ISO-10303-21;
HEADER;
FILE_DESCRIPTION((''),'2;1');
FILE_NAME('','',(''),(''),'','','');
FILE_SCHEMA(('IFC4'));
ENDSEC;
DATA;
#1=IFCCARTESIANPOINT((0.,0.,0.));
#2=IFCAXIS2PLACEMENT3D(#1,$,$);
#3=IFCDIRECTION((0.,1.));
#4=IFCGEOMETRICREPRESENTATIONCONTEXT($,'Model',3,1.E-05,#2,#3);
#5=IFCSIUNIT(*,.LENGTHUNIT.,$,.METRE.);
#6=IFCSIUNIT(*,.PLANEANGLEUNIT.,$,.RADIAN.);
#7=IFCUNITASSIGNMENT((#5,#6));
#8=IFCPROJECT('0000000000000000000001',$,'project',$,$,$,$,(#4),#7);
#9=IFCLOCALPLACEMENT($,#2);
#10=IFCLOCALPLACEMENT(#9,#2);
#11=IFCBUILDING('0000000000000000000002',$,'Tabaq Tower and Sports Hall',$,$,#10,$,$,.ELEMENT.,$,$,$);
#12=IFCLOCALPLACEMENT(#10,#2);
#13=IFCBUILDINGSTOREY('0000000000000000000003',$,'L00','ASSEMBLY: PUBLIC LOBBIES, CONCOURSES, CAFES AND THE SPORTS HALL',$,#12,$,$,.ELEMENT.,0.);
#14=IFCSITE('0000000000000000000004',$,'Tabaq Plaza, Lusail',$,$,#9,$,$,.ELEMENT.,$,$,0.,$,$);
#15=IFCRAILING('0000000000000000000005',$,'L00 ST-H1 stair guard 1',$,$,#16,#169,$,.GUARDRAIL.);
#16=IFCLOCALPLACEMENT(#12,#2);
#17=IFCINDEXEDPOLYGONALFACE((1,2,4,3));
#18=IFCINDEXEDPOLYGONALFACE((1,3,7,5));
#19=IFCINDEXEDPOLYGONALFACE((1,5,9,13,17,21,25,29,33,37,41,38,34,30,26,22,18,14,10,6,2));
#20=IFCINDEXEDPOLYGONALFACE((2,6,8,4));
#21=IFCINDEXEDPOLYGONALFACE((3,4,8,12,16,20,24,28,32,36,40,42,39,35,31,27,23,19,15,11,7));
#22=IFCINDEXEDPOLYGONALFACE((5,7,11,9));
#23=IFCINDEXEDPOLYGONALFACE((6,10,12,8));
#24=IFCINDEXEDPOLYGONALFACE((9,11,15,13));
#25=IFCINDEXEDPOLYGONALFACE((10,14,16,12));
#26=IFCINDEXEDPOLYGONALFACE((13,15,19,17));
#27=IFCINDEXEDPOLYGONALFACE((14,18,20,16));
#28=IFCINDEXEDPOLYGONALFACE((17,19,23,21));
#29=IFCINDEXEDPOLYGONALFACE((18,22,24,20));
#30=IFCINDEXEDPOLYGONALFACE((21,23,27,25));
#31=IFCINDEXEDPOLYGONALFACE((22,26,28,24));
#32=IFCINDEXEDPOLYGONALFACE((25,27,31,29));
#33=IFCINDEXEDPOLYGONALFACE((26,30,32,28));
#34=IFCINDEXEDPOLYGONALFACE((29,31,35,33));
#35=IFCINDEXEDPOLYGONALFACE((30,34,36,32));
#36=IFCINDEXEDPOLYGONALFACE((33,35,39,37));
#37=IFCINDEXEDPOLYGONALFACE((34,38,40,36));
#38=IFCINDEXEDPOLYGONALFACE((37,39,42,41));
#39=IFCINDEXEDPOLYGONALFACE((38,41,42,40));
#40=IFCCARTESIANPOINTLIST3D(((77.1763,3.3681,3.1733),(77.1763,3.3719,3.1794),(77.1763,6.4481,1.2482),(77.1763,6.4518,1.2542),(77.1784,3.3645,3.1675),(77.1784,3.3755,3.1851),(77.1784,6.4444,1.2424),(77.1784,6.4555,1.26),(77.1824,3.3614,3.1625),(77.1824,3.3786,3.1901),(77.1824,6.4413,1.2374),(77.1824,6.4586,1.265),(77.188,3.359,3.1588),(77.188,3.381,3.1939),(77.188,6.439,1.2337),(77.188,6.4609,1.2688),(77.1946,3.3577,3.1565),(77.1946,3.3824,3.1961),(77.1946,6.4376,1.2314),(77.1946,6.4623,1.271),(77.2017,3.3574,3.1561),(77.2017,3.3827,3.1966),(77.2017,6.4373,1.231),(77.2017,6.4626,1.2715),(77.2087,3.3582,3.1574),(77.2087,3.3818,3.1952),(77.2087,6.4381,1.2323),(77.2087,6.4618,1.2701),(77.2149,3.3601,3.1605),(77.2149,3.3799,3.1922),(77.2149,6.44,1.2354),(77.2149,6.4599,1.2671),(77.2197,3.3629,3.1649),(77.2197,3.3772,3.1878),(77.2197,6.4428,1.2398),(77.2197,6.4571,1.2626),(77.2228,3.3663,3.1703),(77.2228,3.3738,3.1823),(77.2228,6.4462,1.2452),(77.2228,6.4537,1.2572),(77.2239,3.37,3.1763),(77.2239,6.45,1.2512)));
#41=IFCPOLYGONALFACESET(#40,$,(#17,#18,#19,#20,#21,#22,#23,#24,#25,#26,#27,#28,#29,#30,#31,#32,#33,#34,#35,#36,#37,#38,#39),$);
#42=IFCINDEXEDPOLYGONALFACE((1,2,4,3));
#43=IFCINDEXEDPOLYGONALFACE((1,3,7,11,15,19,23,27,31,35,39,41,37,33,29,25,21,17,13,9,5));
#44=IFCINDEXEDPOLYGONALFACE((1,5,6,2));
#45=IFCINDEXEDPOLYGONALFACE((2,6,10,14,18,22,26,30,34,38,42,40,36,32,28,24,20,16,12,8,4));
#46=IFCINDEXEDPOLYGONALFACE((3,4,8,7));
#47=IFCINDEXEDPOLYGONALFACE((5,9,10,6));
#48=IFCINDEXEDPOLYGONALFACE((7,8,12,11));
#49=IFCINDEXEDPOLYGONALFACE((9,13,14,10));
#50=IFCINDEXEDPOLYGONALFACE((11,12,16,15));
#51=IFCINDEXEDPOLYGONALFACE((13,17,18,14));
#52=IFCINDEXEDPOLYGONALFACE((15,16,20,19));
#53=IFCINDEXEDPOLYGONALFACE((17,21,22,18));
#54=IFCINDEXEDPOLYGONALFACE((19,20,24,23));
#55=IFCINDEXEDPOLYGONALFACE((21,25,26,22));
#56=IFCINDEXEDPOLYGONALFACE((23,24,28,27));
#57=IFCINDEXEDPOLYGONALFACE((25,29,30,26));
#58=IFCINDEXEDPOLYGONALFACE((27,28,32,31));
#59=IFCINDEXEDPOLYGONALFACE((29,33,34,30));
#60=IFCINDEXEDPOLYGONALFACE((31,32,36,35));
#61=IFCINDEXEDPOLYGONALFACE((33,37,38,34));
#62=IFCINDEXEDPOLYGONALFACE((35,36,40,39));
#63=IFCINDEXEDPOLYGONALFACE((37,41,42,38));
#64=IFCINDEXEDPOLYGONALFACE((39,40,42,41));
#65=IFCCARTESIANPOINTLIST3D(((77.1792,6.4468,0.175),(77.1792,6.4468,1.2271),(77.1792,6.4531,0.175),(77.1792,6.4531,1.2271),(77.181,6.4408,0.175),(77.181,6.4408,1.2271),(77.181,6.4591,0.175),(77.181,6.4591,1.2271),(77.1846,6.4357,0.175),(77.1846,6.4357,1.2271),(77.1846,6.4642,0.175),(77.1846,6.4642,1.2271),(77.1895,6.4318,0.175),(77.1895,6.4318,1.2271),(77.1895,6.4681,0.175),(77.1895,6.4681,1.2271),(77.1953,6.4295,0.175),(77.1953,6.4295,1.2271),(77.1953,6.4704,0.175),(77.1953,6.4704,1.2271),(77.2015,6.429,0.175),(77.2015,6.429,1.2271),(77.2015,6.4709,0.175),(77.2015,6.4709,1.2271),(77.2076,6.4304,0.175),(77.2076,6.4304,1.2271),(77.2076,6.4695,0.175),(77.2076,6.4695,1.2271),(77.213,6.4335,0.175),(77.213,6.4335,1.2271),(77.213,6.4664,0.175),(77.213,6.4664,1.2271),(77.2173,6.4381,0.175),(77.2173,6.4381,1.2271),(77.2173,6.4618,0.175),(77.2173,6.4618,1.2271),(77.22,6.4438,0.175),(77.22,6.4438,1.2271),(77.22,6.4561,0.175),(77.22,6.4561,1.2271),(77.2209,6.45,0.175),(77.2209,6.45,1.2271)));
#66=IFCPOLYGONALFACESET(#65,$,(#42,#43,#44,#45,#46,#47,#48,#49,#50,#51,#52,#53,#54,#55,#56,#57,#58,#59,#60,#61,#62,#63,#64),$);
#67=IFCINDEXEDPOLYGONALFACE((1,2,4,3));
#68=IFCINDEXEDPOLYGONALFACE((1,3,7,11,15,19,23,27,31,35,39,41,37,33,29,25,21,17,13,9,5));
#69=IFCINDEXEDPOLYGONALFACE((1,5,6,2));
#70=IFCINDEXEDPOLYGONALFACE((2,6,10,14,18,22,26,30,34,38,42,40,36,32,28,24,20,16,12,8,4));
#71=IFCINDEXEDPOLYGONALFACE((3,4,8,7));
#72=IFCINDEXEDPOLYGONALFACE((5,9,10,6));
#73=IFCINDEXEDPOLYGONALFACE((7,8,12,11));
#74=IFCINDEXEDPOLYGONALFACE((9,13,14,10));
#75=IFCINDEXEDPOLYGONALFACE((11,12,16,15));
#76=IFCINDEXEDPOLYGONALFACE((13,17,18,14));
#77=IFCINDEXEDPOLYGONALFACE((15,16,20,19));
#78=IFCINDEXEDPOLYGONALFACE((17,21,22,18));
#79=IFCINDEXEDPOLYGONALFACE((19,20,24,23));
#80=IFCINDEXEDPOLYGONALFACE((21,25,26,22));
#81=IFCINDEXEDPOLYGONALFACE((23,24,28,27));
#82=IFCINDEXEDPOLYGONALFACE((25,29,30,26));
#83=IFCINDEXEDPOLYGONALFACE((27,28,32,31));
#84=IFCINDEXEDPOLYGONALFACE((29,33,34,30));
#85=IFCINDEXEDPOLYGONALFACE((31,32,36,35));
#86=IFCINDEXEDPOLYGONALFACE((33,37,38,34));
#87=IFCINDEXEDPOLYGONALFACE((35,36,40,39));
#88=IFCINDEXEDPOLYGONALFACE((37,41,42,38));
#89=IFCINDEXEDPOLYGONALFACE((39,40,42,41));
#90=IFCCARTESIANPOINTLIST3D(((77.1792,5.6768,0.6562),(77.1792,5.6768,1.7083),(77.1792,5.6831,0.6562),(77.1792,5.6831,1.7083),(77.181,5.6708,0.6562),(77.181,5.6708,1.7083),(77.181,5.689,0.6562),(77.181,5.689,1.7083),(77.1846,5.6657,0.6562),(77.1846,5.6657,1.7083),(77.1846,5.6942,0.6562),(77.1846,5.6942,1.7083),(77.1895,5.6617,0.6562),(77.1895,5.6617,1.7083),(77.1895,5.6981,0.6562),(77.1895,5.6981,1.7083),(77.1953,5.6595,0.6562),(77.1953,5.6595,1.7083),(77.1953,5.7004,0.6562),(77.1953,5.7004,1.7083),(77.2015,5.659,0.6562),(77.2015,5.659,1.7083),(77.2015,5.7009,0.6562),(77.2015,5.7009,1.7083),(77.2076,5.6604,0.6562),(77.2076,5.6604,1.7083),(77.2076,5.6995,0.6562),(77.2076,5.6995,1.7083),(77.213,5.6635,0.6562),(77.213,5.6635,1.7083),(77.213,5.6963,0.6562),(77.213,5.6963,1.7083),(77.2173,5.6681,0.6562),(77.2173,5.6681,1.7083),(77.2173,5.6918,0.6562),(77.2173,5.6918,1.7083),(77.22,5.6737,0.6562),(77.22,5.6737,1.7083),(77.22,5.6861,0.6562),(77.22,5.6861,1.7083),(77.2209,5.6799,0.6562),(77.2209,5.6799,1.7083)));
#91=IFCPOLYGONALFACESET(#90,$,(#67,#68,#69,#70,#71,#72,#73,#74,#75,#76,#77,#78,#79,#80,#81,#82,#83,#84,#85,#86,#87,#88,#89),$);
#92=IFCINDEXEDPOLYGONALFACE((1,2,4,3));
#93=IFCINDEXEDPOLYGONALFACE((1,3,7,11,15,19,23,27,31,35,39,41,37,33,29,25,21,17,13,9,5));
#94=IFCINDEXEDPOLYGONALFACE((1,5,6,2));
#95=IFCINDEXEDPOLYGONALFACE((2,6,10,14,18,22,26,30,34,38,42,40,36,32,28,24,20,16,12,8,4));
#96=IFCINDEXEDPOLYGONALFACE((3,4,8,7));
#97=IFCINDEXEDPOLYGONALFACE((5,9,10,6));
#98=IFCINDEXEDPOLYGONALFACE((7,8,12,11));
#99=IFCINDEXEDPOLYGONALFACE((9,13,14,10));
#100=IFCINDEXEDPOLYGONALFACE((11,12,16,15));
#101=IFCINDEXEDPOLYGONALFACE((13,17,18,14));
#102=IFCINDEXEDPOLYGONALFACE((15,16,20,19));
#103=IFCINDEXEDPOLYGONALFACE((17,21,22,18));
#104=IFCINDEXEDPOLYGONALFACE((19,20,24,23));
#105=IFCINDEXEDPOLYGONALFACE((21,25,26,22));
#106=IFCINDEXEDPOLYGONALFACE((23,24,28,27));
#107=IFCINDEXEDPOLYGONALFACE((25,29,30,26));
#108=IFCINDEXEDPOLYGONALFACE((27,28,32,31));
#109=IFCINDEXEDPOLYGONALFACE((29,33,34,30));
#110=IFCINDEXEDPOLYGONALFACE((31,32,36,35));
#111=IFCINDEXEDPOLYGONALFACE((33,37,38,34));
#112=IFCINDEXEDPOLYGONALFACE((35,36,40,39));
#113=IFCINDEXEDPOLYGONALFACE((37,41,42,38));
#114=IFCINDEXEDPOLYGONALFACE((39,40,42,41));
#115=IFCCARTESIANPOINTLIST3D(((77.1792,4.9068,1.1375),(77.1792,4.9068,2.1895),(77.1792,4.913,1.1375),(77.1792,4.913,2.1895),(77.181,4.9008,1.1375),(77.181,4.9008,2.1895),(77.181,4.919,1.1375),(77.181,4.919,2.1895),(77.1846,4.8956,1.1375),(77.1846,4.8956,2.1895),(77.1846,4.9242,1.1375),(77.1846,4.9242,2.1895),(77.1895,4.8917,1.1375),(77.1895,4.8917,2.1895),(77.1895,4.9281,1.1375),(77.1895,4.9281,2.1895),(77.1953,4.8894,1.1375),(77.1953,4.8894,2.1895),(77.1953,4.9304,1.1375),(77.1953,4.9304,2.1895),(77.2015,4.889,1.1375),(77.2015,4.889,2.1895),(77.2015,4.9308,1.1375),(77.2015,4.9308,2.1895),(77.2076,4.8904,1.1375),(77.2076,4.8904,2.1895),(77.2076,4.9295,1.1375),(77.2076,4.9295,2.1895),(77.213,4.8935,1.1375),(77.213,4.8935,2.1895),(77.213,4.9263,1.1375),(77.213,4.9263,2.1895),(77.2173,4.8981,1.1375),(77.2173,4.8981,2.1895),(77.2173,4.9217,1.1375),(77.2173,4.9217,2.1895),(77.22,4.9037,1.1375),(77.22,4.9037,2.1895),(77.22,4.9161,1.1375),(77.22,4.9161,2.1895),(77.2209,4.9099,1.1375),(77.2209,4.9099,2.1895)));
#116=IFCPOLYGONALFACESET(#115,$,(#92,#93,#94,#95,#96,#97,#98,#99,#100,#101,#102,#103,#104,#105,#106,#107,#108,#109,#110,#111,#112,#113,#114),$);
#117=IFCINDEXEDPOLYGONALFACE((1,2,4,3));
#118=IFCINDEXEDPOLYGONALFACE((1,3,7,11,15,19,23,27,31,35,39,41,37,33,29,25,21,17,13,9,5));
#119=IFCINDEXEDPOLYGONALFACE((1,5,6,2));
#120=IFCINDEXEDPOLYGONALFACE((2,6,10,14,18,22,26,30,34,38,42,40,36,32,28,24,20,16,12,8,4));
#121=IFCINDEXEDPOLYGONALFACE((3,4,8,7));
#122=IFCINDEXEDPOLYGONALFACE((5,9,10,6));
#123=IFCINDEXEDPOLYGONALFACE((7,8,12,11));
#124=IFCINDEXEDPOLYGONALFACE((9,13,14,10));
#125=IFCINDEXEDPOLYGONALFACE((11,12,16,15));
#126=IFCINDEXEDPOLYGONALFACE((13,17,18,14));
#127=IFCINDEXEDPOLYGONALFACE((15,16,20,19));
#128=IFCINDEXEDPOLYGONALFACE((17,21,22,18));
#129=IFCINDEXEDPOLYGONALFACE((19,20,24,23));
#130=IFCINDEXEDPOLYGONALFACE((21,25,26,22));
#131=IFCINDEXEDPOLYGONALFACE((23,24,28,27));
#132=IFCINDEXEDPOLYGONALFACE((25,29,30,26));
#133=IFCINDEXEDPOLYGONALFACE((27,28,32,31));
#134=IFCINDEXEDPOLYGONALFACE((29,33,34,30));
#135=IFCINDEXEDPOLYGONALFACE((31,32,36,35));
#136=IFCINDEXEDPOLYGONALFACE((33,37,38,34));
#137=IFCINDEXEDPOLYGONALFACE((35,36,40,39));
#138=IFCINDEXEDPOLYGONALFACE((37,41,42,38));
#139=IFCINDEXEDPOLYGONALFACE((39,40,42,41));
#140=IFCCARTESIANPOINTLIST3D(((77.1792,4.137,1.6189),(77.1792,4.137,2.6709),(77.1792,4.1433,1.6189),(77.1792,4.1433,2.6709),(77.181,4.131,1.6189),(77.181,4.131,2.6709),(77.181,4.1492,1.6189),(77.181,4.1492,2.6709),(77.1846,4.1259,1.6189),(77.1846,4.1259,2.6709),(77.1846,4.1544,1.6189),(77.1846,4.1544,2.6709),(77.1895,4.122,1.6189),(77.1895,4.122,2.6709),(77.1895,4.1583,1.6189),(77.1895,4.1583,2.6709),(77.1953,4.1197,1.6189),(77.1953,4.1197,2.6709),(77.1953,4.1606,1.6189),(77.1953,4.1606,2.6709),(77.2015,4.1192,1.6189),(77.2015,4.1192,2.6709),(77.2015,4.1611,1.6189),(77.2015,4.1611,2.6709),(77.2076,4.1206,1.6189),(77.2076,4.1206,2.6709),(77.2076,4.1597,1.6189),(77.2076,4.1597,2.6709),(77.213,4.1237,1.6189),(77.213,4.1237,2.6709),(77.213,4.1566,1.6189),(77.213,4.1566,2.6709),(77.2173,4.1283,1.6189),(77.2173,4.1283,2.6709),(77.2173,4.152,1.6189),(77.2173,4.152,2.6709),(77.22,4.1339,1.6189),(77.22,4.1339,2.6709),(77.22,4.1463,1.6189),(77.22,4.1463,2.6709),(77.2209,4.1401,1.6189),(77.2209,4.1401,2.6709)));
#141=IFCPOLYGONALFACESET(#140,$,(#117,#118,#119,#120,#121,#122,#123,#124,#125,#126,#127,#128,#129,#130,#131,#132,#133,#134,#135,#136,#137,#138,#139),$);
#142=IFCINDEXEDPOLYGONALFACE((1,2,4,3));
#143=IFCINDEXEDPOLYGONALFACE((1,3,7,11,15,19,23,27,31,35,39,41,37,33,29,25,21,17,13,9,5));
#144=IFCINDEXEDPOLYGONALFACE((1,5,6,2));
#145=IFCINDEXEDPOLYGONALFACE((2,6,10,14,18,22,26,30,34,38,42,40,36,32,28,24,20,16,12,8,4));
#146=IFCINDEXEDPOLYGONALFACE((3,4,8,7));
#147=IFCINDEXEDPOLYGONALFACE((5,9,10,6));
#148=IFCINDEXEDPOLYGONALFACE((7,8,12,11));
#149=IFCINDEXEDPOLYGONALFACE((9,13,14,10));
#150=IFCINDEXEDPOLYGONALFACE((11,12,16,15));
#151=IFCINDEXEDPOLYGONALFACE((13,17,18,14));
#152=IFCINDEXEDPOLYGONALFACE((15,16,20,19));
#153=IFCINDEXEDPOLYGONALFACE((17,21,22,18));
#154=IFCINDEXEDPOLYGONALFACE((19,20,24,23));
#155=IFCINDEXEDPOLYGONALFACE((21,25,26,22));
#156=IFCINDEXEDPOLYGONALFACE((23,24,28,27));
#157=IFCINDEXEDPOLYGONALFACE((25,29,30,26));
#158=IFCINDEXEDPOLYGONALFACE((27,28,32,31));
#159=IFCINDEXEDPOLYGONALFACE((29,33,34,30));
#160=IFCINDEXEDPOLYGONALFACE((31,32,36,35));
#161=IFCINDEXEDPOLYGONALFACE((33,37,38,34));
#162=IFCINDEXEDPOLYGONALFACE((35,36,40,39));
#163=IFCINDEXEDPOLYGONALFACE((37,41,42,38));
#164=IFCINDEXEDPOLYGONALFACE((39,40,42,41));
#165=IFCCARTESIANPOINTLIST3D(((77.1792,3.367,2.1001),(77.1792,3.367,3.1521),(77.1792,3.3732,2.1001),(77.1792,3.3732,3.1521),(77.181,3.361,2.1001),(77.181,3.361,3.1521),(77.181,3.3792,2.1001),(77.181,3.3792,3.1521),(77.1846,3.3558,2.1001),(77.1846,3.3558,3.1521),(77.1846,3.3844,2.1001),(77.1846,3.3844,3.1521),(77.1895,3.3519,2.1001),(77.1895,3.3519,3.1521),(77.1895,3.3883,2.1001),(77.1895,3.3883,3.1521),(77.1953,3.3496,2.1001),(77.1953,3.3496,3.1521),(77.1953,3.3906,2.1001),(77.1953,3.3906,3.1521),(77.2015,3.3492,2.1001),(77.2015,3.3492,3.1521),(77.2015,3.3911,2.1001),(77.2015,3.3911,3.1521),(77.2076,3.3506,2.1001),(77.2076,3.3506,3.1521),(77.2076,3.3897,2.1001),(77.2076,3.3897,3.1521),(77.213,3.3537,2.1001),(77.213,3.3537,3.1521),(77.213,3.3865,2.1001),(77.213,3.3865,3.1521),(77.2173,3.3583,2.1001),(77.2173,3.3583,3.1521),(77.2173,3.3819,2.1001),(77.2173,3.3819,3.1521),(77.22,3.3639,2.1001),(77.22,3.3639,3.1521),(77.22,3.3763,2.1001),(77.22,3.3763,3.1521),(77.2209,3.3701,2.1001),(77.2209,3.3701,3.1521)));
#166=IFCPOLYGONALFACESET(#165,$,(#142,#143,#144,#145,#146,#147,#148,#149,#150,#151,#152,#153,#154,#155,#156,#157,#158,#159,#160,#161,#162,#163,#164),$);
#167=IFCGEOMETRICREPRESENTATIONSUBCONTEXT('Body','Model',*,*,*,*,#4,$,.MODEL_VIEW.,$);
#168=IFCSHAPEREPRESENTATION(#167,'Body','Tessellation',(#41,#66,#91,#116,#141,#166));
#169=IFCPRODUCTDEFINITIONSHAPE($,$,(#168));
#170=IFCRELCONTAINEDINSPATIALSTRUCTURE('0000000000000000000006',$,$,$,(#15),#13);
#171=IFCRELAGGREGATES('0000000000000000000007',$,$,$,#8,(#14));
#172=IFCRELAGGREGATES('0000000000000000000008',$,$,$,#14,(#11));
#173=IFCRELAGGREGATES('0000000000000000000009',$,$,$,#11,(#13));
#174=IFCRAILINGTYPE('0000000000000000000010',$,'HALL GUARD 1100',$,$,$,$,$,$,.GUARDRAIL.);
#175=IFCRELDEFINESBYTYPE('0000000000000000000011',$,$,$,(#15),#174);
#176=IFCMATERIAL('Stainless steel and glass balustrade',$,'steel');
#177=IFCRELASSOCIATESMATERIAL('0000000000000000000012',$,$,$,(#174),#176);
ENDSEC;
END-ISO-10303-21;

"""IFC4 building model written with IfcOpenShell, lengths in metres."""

from ifc_helpers import new_model, si_unit, direction, frame, origin, origin_2d, place, context, subcontext, project, spatial, circle, extrude, material, type_object, element, save


model = new_model("IFC4")

# Units and contexts
model_context = context("Model", 3, precision=1e-05, world=origin(), true_north=direction((0.0, 1.0)))
body_context = subcontext(model_context, "Body", "Model", "MODEL_VIEW")
ifc_project = project(units=[si_unit("LENGTHUNIT", "METRE"), si_unit("PLANEANGLEUNIT", "RADIAN")], contexts=[model_context])

# Site, building, storey
site_placement = place(None, origin())
site = spatial("IfcSite", under=ifc_project, at=site_placement, Name="Tabaq Plaza, Lusail", CompositionType="ELEMENT", RefElevation=0.0)
building_placement = place(site_placement, origin())
building = spatial("IfcBuilding", under=site, at=building_placement, Name="Tabaq Tower and Sports Hall", CompositionType="ELEMENT")
storey_placement = place(building_placement, origin())
storey = spatial("IfcBuildingStorey", under=building, at=storey_placement, Name="L00", Description="ASSEMBLY: PUBLIC LOBBIES, CONCOURSES, CAFES AND THE SPORTS HALL", CompositionType="ELEMENT", Elevation=0.0)

# Railing
ifc_material_1 = material(Name="Stainless steel and glass balustrade", Category="steel")
railing_type_1 = type_object("IfcRailingType", Name="HALL GUARD 1100", PredefinedType="GUARDRAIL", material=ifc_material_1)
railing_1_placement = place(storey_placement, frame((77.2, 6.45, 0.175)))
element("IfcRailing", 1, at=railing_1_placement, inside=storey, type_object=railing_type_1, Name="L00 ST-H1 stair guard 1", PredefinedType="GUARDRAIL", context=body_context, shape_type="SweptSolid", body=[
    extrude(circle(Radius=0.0239, at=origin_2d()), frame((0.0, 0.0, 1.0762), z_axis=(0.0, -0.847979, 0.530029), x_axis=(1.0, 0.0, 0.0)), (0.0, 0.0, 1.0), 3.6321),
    extrude(circle(Radius=0.021, at=origin_2d()), origin(), (0.0, 0.0, 1.0), 1.052),
    extrude(circle(Radius=0.021, at=origin_2d()), frame((0.0, -0.77, 0.4812)), (0.0, 0.0, 1.0), 1.052),
    extrude(circle(Radius=0.021, at=origin_2d()), frame((0.0, -1.54, 0.9624)), (0.0, 0.0, 1.0), 1.052),
    extrude(circle(Radius=0.021, at=origin_2d()), frame((0.0, -2.3098, 1.4438)), (0.0, 0.0, 1.0), 1.052),
    extrude(circle(Radius=0.021, at=origin_2d()), frame((0.0, -3.0798, 1.925)), (0.0, 0.0, 1.0), 1.052),
])

save(model, "model.ifc")
